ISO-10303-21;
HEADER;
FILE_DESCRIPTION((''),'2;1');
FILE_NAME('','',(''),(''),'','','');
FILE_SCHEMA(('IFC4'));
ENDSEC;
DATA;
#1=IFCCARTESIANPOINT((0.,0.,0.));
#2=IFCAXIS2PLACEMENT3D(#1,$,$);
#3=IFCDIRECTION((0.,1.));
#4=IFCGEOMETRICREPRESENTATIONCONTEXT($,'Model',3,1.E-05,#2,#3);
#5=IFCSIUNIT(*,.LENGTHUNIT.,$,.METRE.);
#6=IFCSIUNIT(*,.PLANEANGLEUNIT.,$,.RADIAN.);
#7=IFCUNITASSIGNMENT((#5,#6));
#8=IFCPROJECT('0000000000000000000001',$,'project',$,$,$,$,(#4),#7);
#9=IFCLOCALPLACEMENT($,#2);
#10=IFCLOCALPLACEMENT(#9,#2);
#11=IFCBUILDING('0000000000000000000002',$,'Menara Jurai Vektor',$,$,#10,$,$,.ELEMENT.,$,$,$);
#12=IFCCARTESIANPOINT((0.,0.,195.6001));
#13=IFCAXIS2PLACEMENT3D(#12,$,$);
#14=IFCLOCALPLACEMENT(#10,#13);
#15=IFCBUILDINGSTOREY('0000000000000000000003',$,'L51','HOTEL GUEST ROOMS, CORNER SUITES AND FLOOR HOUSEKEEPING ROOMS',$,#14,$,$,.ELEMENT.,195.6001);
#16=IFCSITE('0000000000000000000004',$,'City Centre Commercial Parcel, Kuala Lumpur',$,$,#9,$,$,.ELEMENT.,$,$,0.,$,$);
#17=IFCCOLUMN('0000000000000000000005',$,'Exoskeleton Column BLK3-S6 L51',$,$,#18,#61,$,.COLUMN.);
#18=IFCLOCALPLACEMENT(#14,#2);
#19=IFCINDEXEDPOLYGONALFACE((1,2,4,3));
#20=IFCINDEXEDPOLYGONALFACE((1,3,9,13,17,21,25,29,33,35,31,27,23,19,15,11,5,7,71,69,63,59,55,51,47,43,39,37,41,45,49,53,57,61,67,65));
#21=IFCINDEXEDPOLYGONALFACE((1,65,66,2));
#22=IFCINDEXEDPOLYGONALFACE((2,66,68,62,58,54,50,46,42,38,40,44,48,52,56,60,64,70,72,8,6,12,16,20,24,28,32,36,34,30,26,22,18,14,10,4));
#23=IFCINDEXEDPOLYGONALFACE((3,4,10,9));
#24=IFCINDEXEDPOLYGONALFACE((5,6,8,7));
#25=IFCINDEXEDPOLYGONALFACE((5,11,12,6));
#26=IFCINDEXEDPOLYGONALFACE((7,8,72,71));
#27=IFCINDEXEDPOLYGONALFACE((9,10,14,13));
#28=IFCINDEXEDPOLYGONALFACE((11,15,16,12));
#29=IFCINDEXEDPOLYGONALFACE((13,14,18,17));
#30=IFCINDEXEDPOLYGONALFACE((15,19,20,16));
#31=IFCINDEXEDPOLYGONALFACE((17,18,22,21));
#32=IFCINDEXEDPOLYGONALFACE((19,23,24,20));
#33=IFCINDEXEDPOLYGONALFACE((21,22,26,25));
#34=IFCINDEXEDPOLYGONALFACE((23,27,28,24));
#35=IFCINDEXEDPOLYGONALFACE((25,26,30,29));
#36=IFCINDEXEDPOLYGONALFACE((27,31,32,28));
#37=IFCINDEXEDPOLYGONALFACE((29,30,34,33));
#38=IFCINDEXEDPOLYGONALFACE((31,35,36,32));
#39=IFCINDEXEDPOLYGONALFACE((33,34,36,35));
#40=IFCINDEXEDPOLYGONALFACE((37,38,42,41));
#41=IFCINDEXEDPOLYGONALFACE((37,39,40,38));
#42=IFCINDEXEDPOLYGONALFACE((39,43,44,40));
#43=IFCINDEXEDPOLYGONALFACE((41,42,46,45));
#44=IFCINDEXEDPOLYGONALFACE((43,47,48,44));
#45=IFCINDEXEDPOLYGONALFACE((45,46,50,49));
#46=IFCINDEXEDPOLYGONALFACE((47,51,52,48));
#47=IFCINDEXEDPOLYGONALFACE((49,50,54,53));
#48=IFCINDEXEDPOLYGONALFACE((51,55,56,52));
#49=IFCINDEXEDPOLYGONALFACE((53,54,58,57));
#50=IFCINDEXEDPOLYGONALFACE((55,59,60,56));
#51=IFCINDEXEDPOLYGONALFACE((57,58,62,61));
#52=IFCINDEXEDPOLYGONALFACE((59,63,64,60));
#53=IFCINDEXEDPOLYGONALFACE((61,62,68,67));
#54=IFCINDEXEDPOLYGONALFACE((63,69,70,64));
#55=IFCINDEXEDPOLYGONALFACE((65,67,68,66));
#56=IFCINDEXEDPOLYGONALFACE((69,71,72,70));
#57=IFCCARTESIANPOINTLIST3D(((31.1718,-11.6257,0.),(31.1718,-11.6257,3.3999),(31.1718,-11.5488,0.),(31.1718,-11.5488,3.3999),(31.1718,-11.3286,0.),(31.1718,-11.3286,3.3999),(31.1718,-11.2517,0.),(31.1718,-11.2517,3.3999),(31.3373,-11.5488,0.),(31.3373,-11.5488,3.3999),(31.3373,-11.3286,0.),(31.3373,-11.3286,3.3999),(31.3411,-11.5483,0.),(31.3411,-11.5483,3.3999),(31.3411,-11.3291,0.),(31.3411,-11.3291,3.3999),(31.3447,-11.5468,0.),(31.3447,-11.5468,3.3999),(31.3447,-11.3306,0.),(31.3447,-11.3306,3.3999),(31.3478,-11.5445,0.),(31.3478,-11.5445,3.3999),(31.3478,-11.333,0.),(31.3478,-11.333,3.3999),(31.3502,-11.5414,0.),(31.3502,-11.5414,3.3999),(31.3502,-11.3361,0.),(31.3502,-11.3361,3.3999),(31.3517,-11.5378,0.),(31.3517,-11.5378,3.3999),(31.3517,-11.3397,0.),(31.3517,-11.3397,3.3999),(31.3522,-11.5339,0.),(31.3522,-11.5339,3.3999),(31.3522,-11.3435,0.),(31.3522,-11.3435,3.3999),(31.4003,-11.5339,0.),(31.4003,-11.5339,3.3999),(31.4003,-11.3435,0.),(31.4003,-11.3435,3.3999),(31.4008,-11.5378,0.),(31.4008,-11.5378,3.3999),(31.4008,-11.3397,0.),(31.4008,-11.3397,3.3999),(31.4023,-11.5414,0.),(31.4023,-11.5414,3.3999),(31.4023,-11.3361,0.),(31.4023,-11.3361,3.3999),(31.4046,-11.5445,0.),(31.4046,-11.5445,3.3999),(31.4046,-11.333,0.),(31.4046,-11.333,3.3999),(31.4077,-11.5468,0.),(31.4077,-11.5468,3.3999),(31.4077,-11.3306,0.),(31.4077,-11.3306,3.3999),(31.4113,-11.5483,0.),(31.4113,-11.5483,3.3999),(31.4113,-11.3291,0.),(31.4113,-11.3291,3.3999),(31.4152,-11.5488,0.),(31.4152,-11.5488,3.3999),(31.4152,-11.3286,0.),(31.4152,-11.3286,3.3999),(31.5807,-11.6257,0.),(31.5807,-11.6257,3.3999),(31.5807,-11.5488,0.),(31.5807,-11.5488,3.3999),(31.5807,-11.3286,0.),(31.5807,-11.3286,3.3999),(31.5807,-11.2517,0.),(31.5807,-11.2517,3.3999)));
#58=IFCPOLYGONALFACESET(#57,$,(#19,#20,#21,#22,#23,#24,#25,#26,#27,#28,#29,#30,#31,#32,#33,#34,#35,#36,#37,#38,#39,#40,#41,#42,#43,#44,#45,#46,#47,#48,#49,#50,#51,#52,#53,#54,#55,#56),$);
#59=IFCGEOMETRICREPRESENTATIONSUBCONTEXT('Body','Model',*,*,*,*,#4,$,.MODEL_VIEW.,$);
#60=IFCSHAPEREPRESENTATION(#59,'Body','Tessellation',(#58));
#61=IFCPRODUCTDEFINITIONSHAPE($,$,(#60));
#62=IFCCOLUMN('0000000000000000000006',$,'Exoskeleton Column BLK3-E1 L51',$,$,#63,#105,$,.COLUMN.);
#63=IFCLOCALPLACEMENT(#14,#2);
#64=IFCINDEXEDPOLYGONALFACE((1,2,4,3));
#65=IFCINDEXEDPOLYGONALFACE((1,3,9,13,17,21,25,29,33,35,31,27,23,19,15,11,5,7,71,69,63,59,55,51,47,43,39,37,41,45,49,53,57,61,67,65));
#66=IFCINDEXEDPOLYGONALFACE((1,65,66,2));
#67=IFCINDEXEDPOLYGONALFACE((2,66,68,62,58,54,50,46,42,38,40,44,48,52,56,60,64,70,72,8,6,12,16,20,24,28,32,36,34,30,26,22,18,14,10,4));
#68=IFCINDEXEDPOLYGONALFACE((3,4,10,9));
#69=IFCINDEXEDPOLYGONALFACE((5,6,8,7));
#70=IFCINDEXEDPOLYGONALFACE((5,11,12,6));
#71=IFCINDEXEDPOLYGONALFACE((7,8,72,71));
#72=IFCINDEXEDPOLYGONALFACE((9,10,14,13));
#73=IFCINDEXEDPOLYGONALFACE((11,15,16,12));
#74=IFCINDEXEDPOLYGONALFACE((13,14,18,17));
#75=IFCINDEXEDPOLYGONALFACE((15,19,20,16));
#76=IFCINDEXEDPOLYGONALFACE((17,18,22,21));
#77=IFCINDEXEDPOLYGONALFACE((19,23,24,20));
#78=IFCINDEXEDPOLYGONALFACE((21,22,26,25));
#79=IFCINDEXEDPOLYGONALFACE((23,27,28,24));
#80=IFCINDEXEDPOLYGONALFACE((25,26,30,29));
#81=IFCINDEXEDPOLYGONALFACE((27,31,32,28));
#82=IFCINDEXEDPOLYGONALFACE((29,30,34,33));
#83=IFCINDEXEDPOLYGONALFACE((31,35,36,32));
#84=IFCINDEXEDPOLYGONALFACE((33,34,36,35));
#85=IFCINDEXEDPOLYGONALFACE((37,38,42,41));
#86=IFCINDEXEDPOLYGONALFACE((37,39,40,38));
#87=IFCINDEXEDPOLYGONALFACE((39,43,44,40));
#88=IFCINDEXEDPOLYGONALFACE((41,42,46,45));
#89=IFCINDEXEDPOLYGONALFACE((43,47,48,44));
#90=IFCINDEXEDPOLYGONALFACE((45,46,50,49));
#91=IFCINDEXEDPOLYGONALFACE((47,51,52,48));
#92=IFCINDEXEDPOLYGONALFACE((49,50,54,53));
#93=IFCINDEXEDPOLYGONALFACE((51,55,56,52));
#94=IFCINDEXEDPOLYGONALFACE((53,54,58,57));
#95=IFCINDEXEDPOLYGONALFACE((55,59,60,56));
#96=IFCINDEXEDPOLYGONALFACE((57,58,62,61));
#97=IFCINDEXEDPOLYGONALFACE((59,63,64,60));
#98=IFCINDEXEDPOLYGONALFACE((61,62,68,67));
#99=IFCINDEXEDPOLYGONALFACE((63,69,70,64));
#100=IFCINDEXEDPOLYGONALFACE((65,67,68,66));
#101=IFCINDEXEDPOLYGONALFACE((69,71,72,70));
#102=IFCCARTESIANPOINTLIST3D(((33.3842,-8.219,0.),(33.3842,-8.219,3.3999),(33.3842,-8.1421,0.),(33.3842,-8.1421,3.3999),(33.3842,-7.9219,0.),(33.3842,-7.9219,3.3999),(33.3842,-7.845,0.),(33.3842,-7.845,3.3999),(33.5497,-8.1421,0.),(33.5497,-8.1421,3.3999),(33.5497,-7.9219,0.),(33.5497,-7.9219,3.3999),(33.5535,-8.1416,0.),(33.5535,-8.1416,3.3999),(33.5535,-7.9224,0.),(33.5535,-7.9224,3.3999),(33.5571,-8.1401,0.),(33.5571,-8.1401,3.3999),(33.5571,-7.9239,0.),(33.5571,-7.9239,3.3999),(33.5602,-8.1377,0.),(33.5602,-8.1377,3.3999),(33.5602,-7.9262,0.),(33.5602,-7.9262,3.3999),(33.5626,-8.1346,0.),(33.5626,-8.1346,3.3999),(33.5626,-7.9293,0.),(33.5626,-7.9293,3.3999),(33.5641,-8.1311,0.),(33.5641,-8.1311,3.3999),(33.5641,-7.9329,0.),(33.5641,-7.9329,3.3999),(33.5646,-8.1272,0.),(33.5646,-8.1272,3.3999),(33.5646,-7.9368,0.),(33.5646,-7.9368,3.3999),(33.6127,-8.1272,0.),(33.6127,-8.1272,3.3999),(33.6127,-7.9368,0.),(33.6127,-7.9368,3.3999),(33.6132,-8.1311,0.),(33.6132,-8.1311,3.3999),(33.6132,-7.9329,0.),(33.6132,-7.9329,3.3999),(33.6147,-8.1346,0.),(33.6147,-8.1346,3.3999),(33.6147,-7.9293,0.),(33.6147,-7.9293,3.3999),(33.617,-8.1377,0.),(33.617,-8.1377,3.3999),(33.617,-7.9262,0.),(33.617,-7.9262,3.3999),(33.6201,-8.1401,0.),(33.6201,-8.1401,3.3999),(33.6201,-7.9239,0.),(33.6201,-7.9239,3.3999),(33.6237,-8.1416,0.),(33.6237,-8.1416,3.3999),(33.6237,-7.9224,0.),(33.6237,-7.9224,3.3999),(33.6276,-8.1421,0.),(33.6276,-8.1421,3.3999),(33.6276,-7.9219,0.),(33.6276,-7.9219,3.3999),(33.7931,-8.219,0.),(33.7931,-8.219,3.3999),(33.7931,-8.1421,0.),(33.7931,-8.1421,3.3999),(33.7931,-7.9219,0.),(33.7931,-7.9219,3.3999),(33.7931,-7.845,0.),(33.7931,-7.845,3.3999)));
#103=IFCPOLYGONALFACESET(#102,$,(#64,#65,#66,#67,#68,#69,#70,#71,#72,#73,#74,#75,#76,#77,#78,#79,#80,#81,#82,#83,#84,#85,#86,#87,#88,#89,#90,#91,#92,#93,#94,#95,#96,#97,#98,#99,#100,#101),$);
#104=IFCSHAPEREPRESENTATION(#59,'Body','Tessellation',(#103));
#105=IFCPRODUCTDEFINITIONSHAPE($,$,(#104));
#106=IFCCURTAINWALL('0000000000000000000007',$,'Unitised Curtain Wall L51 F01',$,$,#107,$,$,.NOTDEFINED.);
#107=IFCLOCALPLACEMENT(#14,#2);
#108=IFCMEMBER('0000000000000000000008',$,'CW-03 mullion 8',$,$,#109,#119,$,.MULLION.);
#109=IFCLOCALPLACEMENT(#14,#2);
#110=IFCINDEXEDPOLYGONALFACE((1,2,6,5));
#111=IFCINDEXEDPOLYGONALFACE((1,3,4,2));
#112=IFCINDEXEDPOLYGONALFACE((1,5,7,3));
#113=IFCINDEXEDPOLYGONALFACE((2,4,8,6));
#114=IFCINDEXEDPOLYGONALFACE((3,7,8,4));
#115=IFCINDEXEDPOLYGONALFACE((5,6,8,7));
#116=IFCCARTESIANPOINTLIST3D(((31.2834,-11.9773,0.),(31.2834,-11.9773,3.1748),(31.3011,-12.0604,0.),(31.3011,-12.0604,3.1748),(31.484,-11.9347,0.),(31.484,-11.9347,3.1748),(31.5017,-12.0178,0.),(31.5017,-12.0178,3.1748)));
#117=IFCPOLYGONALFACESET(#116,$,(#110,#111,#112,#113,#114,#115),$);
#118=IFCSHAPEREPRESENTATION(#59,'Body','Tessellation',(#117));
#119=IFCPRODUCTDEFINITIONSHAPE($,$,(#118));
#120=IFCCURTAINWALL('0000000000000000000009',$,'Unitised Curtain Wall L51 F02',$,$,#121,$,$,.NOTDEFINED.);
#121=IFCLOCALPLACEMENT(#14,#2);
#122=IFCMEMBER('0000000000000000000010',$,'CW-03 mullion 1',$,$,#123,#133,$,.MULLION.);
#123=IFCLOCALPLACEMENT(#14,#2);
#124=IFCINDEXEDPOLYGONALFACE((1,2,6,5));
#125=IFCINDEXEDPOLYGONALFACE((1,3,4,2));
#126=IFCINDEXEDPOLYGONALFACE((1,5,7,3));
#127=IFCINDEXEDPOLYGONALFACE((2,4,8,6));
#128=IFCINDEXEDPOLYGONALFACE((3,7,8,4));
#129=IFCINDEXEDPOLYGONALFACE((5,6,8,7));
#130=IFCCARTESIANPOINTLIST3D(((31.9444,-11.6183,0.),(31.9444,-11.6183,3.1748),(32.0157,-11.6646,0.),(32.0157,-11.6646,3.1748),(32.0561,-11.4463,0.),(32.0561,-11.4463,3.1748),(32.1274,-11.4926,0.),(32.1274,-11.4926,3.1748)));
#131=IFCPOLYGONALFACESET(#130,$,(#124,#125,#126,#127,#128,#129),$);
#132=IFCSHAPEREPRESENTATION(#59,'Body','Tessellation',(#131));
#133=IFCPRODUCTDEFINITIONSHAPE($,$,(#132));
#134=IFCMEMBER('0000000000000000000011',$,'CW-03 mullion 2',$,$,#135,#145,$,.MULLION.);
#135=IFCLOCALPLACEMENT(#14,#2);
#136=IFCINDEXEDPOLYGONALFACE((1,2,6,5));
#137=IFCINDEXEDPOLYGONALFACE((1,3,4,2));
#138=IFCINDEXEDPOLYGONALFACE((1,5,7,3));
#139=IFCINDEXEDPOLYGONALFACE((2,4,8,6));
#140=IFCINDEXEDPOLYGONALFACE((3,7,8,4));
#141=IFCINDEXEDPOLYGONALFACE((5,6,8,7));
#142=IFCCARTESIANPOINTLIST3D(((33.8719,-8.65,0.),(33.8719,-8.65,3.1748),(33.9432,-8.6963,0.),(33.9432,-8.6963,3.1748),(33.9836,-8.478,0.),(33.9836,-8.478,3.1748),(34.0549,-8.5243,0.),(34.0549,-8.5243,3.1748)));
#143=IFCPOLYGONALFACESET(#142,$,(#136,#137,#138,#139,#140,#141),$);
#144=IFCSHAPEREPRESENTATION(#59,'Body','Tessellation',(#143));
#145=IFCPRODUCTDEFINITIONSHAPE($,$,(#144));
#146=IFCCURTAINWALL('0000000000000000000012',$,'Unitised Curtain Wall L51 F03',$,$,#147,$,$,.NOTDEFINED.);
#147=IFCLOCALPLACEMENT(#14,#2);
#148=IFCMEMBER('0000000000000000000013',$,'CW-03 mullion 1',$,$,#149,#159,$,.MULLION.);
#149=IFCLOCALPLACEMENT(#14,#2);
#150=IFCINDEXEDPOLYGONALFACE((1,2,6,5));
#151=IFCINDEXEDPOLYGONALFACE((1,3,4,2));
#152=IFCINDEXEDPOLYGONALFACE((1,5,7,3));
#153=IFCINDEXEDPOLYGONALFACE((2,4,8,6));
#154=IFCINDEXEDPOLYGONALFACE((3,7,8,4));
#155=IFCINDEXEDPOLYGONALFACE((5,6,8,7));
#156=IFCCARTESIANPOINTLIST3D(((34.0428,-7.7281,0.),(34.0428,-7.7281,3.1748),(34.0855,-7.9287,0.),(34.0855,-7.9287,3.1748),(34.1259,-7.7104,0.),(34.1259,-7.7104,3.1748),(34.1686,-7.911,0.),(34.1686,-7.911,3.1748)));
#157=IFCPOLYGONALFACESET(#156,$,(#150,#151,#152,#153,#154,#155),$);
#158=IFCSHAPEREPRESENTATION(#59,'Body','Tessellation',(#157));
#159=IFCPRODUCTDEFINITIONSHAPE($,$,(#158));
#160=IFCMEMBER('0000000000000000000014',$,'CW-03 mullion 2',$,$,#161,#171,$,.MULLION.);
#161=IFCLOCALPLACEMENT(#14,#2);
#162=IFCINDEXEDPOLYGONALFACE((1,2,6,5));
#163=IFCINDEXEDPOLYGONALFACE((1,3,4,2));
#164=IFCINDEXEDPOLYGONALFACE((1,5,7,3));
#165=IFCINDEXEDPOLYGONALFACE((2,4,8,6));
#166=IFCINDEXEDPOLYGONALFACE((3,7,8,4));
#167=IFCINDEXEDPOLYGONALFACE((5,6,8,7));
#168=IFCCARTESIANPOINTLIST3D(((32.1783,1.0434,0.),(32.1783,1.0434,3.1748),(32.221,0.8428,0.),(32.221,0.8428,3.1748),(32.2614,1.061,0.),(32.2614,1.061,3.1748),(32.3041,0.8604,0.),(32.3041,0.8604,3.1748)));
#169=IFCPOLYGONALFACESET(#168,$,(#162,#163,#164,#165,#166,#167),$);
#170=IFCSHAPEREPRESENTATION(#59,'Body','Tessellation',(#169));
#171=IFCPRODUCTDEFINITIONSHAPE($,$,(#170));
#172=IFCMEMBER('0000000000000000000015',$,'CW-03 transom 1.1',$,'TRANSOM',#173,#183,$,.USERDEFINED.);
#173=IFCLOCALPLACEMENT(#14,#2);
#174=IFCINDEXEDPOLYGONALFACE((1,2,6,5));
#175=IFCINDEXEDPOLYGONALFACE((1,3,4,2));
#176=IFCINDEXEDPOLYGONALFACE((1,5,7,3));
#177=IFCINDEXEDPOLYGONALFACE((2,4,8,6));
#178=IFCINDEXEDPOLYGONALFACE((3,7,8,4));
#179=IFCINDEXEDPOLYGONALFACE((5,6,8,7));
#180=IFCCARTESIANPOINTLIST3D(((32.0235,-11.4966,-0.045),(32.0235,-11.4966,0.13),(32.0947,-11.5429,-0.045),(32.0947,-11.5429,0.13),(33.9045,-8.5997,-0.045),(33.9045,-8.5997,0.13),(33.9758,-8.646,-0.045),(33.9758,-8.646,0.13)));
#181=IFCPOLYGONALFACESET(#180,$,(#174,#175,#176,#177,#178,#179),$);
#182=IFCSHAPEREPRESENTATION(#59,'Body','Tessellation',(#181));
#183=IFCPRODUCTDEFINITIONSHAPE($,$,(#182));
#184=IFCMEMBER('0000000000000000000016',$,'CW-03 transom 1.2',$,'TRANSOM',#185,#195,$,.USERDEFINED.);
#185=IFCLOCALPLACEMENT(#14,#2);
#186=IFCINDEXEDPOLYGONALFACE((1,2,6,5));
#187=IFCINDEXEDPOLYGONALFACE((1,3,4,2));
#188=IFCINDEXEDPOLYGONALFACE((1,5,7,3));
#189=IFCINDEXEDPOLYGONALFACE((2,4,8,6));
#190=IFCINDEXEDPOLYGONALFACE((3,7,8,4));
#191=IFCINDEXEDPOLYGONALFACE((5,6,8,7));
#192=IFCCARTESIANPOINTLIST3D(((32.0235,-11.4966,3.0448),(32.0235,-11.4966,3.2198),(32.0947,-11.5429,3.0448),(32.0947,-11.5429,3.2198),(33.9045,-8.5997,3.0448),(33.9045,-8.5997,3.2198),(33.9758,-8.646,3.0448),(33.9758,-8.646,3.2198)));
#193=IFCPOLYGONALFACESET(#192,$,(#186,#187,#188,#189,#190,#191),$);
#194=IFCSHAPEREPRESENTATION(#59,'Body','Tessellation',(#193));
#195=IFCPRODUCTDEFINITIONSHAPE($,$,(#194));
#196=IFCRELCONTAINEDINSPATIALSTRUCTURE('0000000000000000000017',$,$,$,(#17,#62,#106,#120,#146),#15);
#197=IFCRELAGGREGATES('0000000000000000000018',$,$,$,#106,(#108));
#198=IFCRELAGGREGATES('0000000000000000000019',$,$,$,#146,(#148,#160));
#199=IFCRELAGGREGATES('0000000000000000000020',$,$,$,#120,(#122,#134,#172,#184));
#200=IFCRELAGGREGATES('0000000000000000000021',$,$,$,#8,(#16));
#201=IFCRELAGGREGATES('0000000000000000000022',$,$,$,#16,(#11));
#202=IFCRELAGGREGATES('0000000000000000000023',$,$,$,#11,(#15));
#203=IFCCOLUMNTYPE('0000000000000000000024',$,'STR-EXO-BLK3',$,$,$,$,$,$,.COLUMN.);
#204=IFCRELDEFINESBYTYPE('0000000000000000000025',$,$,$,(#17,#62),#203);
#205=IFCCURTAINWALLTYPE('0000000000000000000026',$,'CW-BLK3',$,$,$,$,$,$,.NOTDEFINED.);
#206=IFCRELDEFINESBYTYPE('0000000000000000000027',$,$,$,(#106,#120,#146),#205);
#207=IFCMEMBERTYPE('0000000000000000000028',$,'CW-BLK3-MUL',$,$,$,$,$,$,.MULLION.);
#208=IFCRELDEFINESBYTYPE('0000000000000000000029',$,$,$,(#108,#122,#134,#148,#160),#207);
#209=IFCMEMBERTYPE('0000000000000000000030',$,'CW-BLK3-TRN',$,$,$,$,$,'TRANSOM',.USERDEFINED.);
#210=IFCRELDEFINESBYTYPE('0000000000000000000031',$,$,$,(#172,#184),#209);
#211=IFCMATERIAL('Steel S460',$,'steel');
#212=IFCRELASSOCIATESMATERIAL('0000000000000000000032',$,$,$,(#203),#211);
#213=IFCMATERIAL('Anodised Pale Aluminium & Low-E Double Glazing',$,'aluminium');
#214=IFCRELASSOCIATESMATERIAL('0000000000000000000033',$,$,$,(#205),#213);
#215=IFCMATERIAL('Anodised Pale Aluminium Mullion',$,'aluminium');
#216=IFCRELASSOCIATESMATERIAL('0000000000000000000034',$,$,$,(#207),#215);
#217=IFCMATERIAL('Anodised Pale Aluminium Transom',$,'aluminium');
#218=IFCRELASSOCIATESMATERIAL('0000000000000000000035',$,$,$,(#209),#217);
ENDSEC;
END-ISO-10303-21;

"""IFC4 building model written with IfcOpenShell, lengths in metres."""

from ifc_helpers import new_model, si_unit, direction, frame, origin, origin_2d, place, context, subcontext, project, spatial, rectangle, i_section, extrude, material, material_profile, profile_set, type_object, element, aggregate, save


model = new_model("IFC4")

# Units and contexts
model_context = context("Model", 3, precision=1e-05, world=origin(), true_north=direction((0.0, 1.0)))
body_context = subcontext(model_context, "Body", "Model", "MODEL_VIEW")
ifc_project = project(units=[si_unit("LENGTHUNIT", "METRE"), si_unit("PLANEANGLEUNIT", "RADIAN")], contexts=[model_context])

# Site, building, storey
site_placement = place(None, origin())
site = spatial("IfcSite", under=ifc_project, at=site_placement, Name="City Centre Commercial Parcel, Kuala Lumpur", CompositionType="ELEMENT", RefElevation=0.0)
building_placement = place(site_placement, origin())
building = spatial("IfcBuilding", under=site, at=building_placement, Name="Menara Jurai Vektor", CompositionType="ELEMENT")
storey_placement = place(building_placement, frame((0.0, 0.0, 195.6001)))
storey = spatial("IfcBuildingStorey", under=building, at=storey_placement, Name="L51", Description="HOTEL GUEST ROOMS, CORNER SUITES AND FLOOR HOUSEKEEPING ROOMS", CompositionType="ELEMENT", Elevation=195.6001)

# Columns
ifc_material_1 = material(Name="Steel S460", Category="steel")
ifc_material_profile_1 = material_profile(ifc_material_1, i_section(OverallWidth=0.4089, OverallDepth=0.374, WebThickness=0.0481, FlangeThickness=0.0769, FilletRadius=0.0149, at=origin_2d()), Name="HD 400x634")
ifc_profile_set_1 = profile_set([ifc_material_profile_1], Name="Steel S460")
column_type = type_object("IfcColumnType", Name="STR-EXO-BLK3", PredefinedType="COLUMN", material=ifc_profile_set_1)
for number, where, z_axis, x_axis, name in (
    (1, (31.3762, -11.4387, 0.0), (0.0, 0.0, 1.0), (1.0, 0.0, 0.0), "Exoskeleton Column BLK3-S6 L51"),
    (2, (33.5886, -8.032, 0.0), (0.0, 0.0, 1.0), (1.0, 0.0, 0.0), "Exoskeleton Column BLK3-E1 L51"),
):
    element("IfcColumn", number, at=place(storey_placement, frame(where, z_axis=z_axis, x_axis=x_axis)), inside=storey, type_object=column_type, Name=name, PredefinedType="COLUMN", context=body_context, shape_type="SweptSolid", body=[
        extrude(i_section(OverallWidth=0.4089, OverallDepth=0.374, WebThickness=0.0481, FlangeThickness=0.0769, FilletRadius=0.0149, at=origin_2d()), origin(), (0.0, 0.0, 1.0), 3.3999),
    ])

# Curtain wall, member
ifc_material_2 = material(Name="Anodised Pale Aluminium & Low-E Double Glazing", Category="aluminium")
curtain_wall_type = type_object("IfcCurtainWallType", Name="CW-BLK3", PredefinedType="NOTDEFINED", material=ifc_material_2)
curtain_wall_1_placement = place(storey_placement, origin())
curtain_wall_1 = element("IfcCurtainWall", 3, at=curtain_wall_1_placement, inside=storey, type_object=curtain_wall_type, Name="Unitised Curtain Wall L51 F01", PredefinedType="NOTDEFINED")
ifc_material_3 = material(Name="Anodised Pale Aluminium Mullion", Category="aluminium")
ifc_material_profile_2 = material_profile(ifc_material_3, rectangle(XDim=0.085, YDim=0.2051, at=origin_2d()), Name="ALU MUL 85x205")
ifc_profile_set_2 = profile_set([ifc_material_profile_2], Name="Anodised Pale Aluminium Mullion")
member_type_1 = type_object("IfcMemberType", Name="CW-BLK3-MUL", PredefinedType="MULLION", material=ifc_profile_set_2)
member_1_placement = place(storey_placement, frame((31.3926, -11.9976, 0.0), z_axis=(0.0, 0.0, 1.0), x_axis=(-0.207911, 0.978148, 0.0)))
member_1 = element("IfcMember", 4, at=member_1_placement, type_object=member_type_1, Name="CW-03 mullion 8", PredefinedType="MULLION", context=body_context, shape_type="SweptSolid", body=[
    extrude(rectangle(XDim=0.085, YDim=0.2051, at=origin_2d()), origin(), (0.0, 0.0, 1.0), 3.1748),
])

# Curtain walls, members
curtain_wall_2_placement = place(storey_placement, origin())
curtain_wall_2 = element("IfcCurtainWall", 5, at=curtain_wall_2_placement, inside=storey, type_object=curtain_wall_type, Name="Unitised Curtain Wall L51 F02", PredefinedType="NOTDEFINED")
member_2_placement = place(storey_placement, frame((32.0359, -11.5554, 0.0), z_axis=(0.0, 0.0, 1.0), x_axis=(-0.838684, 0.544618, 0.0)))
member_2 = element("IfcMember", 6, at=member_2_placement, type_object=member_type_1, Name="CW-03 mullion 1", PredefinedType="MULLION", context=body_context, shape_type="SweptSolid", body=[
    extrude(rectangle(XDim=0.085, YDim=0.2051, at=origin_2d()), origin(), (0.0, 0.0, 1.0), 3.1748),
])
member_3_placement = place(storey_placement, frame((33.9634, -8.5872, 0.0), z_axis=(0.0, 0.0, 1.0), x_axis=(-0.838684, 0.544618, 0.0)))
member_3 = element("IfcMember", 7, at=member_3_placement, type_object=member_type_1, Name="CW-03 mullion 2", PredefinedType="MULLION", context=body_context, shape_type="SweptSolid", body=[
    extrude(rectangle(XDim=0.085, YDim=0.2051, at=origin_2d()), origin(), (0.0, 0.0, 1.0), 3.1748),
])
curtain_wall_3_placement = place(storey_placement, origin())
curtain_wall_3 = element("IfcCurtainWall", 8, at=curtain_wall_3_placement, inside=storey, type_object=curtain_wall_type, Name="Unitised Curtain Wall L51 F03", PredefinedType="NOTDEFINED")
member_4_placement = place(storey_placement, frame((34.1057, -7.8196, 0.0), z_axis=(0.0, 0.0, 1.0), x_axis=(-0.978148, -0.20791, 0.0)))
member_4 = element("IfcMember", 9, at=member_4_placement, type_object=member_type_1, Name="CW-03 mullion 1", PredefinedType="MULLION", context=body_context, shape_type="SweptSolid", body=[
    extrude(rectangle(XDim=0.085, YDim=0.2051, at=origin_2d()), origin(), (0.0, 0.0, 1.0), 3.1748),
])
member_5_placement = place(storey_placement, frame((32.2412, 0.9519, 0.0), z_axis=(0.0, 0.0, 1.0), x_axis=(-0.978148, -0.20791, 0.0)))
member_5 = element("IfcMember", 10, at=member_5_placement, type_object=member_type_1, Name="CW-03 mullion 2", PredefinedType="MULLION", context=body_context, shape_type="SweptSolid", body=[
    extrude(rectangle(XDim=0.085, YDim=0.2051, at=origin_2d()), origin(), (0.0, 0.0, 1.0), 3.1748),
])

# Members
ifc_material_4 = material(Name="Anodised Pale Aluminium Transom", Category="aluminium")
ifc_material_profile_3 = material_profile(ifc_material_4, rectangle(XDim=0.085, YDim=0.175, at=origin_2d()), Name="ALU TRN 85x175")
ifc_profile_set_3 = profile_set([ifc_material_profile_3], Name="Anodised Pale Aluminium Transom")
member_type_2 = type_object("IfcMemberType", Name="CW-BLK3-TRN", ElementType="TRANSOM", PredefinedType="USERDEFINED", material=ifc_profile_set_3)
member_6_placement = place(storey_placement, frame((32.0591, -11.5198, 0.0425), z_axis=(0.544596, 0.838699, 0.0), x_axis=(-0.838699, 0.544596, 0.0)))
member_6 = element("IfcMember", 11, at=member_6_placement, type_object=member_type_2, Name="CW-03 transom 1.1", ObjectType="TRANSOM", PredefinedType="USERDEFINED", context=body_context, shape_type="SweptSolid", body=[
    extrude(rectangle(XDim=0.085, YDim=0.175, at=origin_2d()), origin(), (0.0, 0.0, 1.0), 3.4541),
])
member_7_placement = place(storey_placement, frame((32.0591, -11.5198, 3.1323), z_axis=(0.544596, 0.838699, 0.0), x_axis=(-0.838699, 0.544596, 0.0)))
member_7 = element("IfcMember", 12, at=member_7_placement, type_object=member_type_2, Name="CW-03 transom 1.2", ObjectType="TRANSOM", PredefinedType="USERDEFINED", context=body_context, shape_type="SweptSolid", body=[
    extrude(rectangle(XDim=0.085, YDim=0.175, at=origin_2d()), origin(), (0.0, 0.0, 1.0), 3.4541),
])

aggregate(curtain_wall_1, [member_1])
aggregate(curtain_wall_3, [member_4, member_5])
aggregate(curtain_wall_2, [member_2, member_3, member_6, member_7])

save(model, "model.ifc")
